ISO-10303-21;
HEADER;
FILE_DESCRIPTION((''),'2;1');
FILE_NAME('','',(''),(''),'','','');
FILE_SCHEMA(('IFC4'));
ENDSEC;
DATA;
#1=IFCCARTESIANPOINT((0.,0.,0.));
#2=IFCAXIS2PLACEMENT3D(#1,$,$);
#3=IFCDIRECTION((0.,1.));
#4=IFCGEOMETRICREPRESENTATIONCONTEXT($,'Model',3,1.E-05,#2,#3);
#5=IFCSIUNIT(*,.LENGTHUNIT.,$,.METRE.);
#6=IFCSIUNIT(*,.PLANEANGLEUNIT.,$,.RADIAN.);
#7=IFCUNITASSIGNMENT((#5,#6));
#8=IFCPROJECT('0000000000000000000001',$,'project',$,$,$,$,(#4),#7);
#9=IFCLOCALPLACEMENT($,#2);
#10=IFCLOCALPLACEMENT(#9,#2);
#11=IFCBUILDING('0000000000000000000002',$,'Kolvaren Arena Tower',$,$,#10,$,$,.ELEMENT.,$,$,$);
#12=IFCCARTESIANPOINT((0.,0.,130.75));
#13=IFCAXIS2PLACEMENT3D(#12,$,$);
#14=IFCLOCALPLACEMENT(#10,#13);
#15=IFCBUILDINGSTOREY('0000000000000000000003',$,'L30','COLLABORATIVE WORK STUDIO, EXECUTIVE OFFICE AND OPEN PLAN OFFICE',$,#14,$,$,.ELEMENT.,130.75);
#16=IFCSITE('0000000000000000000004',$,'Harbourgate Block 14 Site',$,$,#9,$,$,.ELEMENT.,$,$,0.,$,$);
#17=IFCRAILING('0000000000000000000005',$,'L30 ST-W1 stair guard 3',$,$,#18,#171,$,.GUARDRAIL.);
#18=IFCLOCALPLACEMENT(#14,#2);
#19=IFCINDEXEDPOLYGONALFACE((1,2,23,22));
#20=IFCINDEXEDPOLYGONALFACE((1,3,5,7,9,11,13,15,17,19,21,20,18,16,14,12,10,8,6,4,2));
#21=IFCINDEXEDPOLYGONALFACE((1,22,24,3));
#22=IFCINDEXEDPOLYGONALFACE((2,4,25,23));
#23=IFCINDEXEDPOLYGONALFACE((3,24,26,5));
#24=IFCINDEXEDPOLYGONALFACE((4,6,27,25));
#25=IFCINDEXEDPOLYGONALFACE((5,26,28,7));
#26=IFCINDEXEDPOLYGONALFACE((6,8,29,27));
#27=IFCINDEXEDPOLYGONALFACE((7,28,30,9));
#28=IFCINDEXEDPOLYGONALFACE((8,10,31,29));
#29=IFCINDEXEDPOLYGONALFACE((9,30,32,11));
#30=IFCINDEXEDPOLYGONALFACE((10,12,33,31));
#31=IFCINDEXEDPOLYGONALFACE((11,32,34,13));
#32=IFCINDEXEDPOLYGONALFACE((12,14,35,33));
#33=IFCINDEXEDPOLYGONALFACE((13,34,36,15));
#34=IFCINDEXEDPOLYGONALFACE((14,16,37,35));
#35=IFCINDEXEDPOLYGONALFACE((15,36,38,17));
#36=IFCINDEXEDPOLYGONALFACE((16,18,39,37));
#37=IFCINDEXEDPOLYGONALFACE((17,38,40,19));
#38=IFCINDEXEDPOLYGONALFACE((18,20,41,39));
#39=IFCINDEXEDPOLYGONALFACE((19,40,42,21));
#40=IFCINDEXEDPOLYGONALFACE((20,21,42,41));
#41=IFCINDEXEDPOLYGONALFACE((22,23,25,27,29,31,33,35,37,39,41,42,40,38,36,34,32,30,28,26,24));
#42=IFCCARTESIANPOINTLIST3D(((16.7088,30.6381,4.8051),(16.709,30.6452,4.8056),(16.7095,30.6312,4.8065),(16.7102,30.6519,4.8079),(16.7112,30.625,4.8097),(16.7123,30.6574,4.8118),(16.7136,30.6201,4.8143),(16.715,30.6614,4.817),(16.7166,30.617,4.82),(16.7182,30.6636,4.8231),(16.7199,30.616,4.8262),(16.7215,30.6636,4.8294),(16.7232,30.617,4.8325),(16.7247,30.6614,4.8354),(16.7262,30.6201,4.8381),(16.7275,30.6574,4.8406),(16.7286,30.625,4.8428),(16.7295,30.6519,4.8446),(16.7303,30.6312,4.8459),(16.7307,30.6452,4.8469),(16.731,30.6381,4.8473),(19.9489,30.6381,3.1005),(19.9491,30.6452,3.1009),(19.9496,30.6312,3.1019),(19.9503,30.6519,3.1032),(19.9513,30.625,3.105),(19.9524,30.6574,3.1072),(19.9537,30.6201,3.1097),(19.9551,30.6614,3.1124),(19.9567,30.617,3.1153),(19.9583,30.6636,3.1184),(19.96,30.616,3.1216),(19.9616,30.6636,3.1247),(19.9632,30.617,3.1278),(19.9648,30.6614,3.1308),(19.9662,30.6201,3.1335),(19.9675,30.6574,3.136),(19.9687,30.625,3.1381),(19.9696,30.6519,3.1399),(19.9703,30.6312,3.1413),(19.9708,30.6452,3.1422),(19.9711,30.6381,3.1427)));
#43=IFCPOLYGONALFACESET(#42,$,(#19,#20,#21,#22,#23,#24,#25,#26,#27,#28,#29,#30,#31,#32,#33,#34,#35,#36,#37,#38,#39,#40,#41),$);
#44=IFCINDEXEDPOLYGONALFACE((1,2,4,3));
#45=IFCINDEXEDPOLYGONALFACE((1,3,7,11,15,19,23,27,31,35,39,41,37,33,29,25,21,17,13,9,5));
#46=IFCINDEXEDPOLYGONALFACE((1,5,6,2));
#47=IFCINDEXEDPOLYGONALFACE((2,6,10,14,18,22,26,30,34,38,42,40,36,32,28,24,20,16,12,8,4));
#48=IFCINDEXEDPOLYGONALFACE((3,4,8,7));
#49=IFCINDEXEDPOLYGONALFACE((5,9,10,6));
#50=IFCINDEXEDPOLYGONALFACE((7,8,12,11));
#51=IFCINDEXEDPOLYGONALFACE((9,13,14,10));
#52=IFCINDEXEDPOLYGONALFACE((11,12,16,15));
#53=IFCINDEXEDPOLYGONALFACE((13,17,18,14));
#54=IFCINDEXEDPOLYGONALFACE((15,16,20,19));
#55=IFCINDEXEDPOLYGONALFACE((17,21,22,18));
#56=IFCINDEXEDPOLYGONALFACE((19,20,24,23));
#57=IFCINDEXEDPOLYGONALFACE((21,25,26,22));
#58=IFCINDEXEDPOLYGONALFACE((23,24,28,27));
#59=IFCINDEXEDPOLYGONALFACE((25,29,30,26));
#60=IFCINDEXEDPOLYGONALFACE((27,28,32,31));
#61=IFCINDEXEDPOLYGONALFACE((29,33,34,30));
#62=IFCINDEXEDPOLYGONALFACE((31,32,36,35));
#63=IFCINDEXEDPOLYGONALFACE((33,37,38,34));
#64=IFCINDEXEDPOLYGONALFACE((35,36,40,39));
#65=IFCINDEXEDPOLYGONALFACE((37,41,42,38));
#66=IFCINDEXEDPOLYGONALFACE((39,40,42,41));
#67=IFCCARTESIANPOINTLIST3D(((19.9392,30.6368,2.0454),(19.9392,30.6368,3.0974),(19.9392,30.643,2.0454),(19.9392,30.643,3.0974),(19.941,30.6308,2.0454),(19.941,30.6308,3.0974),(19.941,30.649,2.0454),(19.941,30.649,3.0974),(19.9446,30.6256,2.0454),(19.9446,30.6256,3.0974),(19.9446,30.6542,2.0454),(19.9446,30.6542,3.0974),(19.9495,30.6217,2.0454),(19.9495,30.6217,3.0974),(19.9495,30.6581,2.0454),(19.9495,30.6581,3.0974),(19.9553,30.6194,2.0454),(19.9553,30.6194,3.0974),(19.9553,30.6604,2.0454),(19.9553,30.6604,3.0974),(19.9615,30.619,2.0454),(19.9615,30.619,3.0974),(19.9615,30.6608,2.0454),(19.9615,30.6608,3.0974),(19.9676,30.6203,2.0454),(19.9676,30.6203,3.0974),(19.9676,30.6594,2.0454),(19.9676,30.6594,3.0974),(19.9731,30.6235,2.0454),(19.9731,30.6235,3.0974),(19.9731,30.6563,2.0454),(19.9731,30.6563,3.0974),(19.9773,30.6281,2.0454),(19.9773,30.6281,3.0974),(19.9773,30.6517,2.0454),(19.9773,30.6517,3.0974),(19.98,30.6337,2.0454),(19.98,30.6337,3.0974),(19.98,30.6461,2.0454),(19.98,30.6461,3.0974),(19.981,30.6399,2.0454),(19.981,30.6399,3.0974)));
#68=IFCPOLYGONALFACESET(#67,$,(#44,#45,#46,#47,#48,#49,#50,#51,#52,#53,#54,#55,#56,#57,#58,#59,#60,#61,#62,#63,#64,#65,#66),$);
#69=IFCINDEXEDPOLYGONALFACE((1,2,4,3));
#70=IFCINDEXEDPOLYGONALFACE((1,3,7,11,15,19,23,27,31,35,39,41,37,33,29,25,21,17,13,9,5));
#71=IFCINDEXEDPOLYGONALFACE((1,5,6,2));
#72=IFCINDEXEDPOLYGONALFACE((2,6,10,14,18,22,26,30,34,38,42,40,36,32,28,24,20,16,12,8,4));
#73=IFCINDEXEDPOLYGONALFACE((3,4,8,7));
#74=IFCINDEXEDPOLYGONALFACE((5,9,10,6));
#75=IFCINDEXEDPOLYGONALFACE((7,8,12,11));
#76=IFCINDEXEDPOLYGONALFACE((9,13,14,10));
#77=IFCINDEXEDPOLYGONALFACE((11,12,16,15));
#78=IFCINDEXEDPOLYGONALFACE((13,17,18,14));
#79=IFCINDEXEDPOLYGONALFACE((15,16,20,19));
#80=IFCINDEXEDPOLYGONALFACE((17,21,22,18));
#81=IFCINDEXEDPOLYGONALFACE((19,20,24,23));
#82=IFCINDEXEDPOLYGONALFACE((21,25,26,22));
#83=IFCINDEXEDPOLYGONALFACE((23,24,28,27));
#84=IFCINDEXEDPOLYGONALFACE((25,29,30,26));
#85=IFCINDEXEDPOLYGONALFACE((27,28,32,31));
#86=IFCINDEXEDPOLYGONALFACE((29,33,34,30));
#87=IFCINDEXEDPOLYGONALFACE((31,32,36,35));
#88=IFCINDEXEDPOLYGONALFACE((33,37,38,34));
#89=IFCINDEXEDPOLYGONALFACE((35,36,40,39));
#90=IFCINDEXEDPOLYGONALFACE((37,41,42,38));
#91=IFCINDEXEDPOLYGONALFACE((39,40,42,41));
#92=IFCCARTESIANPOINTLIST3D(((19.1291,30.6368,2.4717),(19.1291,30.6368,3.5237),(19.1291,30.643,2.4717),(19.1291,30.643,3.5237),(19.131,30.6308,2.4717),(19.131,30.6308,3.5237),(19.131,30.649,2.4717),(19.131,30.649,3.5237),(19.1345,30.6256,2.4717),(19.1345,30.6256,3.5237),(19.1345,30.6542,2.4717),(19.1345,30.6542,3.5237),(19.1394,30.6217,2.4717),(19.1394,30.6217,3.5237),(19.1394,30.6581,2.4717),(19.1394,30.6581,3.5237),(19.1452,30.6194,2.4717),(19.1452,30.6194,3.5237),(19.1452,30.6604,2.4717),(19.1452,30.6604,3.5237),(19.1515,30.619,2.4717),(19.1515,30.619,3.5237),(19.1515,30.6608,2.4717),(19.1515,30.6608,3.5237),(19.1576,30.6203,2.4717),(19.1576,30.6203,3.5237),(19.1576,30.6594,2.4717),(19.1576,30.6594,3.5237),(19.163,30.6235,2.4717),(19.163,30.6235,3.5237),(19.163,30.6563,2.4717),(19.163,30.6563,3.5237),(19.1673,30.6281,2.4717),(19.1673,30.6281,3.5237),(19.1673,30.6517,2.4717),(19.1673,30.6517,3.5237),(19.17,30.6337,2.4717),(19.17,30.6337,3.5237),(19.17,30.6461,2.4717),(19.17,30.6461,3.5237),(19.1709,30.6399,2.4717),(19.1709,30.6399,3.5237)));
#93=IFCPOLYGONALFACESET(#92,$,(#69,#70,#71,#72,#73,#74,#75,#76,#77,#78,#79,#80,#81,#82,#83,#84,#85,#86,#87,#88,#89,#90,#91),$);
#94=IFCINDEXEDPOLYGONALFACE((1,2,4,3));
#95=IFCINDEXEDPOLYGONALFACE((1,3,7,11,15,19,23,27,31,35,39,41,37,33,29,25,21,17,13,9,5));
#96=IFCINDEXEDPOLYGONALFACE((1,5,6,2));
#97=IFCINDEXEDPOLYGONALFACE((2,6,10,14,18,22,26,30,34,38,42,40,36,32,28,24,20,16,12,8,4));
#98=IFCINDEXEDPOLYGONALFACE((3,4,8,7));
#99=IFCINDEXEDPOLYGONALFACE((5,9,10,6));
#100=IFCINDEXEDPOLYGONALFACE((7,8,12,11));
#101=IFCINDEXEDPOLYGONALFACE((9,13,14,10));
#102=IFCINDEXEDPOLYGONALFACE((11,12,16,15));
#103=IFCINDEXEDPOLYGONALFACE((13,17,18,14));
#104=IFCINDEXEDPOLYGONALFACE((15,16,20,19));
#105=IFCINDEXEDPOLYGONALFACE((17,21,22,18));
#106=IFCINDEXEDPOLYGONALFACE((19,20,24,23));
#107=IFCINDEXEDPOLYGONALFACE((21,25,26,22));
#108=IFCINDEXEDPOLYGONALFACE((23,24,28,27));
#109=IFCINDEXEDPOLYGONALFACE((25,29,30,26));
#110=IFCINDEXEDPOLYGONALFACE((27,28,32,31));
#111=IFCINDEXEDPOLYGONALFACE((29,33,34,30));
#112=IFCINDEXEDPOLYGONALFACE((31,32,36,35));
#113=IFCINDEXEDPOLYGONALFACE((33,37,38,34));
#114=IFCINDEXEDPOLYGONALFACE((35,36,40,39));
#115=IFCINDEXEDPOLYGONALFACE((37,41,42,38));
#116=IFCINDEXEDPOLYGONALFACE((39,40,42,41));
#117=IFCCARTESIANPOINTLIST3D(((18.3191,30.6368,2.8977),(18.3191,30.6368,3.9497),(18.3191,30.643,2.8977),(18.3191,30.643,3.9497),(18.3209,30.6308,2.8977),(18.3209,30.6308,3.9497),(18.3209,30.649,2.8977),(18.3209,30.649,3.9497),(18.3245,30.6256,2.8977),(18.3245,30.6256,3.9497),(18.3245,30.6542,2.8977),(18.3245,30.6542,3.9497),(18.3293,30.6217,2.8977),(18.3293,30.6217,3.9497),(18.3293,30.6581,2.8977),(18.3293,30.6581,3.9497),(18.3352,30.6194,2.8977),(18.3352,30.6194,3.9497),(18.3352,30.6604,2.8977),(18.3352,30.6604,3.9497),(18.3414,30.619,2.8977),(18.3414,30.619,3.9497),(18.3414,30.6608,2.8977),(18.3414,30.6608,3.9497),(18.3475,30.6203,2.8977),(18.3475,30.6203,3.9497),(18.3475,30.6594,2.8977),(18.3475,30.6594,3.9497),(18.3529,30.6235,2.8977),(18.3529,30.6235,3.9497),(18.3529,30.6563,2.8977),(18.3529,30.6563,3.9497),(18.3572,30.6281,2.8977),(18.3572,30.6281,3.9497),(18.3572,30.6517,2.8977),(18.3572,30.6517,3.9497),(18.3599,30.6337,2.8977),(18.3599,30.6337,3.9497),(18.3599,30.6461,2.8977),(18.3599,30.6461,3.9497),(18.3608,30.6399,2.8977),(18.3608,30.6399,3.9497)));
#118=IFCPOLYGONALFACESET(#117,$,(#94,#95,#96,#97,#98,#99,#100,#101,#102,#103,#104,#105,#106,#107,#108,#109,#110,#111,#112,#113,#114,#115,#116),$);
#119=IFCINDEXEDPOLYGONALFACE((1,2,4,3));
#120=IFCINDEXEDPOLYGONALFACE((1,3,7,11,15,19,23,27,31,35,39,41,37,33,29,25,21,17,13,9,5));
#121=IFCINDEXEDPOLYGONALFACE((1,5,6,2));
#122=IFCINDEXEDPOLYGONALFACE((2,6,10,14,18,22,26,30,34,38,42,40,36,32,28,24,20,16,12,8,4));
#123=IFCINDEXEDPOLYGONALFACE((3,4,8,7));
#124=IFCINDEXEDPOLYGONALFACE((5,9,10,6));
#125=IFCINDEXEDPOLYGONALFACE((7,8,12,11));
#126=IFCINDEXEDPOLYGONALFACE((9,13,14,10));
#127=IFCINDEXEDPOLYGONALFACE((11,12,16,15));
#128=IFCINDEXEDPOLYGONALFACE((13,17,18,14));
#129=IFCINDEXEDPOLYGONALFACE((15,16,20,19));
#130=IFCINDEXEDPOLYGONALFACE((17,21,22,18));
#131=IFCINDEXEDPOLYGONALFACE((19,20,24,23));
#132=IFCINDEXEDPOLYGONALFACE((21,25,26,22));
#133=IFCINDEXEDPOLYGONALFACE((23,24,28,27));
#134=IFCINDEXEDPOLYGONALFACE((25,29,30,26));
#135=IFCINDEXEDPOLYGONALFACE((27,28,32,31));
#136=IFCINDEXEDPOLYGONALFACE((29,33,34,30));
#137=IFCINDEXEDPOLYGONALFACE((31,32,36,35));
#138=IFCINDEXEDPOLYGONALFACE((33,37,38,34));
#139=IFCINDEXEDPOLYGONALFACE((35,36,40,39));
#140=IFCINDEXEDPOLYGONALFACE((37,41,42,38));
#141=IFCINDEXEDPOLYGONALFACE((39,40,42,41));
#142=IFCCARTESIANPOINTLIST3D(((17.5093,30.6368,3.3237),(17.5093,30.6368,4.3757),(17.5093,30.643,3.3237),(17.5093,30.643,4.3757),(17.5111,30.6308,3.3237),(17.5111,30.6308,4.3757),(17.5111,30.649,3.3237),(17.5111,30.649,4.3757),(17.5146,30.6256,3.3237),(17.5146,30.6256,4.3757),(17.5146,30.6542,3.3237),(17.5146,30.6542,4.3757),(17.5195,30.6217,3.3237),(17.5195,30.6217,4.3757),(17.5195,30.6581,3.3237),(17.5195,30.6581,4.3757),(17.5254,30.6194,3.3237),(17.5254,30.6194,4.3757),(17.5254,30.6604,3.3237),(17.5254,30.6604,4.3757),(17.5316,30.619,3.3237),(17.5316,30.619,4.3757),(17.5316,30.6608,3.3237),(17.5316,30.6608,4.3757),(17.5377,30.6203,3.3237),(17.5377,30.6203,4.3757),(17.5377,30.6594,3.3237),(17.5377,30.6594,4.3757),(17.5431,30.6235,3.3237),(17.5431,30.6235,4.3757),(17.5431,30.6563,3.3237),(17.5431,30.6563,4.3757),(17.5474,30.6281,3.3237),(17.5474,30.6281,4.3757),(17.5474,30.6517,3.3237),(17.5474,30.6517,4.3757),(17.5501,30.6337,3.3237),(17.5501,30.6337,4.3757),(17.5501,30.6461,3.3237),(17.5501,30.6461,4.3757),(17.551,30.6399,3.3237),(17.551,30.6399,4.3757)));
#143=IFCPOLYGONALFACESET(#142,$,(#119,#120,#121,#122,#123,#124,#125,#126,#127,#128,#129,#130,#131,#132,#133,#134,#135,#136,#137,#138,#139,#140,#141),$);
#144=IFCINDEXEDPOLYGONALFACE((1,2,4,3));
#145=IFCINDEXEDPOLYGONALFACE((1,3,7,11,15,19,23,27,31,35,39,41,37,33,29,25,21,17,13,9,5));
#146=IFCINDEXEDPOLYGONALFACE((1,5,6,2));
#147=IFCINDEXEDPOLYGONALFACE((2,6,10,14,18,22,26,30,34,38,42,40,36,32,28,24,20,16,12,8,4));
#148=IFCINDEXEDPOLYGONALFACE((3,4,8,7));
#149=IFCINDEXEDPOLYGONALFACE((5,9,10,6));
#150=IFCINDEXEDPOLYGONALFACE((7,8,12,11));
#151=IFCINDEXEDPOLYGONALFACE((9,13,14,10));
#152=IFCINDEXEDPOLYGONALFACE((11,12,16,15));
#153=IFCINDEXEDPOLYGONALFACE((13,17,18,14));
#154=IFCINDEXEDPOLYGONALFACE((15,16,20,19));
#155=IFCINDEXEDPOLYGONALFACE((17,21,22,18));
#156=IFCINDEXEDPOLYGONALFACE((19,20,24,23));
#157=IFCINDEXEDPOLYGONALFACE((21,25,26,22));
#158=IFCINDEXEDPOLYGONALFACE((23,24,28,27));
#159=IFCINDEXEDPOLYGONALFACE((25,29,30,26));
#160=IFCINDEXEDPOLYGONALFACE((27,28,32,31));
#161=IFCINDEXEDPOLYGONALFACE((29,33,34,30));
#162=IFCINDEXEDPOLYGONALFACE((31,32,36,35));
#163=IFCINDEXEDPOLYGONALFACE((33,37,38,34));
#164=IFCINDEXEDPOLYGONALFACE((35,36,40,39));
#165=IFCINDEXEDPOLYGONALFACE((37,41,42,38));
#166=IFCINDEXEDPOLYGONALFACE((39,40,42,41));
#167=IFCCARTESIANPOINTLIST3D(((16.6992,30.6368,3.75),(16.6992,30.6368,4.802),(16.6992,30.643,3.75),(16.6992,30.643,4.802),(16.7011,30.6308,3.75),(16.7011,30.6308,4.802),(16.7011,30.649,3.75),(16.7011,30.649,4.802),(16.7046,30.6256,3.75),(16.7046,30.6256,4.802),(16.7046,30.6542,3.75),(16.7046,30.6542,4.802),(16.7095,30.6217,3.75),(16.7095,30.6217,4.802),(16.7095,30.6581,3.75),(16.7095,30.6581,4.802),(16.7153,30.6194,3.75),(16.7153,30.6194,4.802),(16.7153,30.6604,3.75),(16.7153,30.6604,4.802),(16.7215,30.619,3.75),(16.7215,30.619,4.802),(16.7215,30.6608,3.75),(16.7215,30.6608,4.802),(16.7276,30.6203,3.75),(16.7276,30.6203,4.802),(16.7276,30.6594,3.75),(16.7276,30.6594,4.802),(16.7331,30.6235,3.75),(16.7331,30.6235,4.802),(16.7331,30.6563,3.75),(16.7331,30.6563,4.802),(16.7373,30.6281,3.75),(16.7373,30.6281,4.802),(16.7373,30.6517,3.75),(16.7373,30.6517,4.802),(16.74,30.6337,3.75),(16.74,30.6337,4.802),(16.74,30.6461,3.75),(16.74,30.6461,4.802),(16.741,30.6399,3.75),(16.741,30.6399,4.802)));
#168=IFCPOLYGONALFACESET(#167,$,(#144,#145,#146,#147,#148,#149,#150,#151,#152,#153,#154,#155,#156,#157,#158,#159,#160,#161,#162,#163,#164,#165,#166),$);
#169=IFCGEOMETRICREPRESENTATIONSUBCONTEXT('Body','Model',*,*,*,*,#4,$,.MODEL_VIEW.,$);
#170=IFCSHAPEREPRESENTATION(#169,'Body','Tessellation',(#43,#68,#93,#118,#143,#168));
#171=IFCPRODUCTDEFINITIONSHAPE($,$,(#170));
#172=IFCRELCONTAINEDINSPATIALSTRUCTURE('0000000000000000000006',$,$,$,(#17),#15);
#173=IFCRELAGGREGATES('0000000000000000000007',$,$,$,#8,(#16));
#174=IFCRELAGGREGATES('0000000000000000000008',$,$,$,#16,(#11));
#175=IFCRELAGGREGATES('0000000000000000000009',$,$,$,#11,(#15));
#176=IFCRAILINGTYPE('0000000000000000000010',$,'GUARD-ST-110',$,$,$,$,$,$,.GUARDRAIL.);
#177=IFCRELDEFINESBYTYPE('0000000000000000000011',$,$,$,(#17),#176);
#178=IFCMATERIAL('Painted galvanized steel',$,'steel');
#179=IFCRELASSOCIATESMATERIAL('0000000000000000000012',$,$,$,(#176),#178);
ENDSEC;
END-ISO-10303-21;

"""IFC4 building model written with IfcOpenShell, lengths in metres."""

from ifc_helpers import new_model, si_unit, direction, frame, origin, origin_2d, place, context, subcontext, project, spatial, circle, extrude, material, type_object, element, save


model = new_model("IFC4")

# Units and contexts
model_context = context("Model", 3, precision=1e-05, world=origin(), true_north=direction((0.0, 1.0)))
body_context = subcontext(model_context, "Body", "Model", "MODEL_VIEW")
ifc_project = project(units=[si_unit("LENGTHUNIT", "METRE"), si_unit("PLANEANGLEUNIT", "RADIAN")], contexts=[model_context])

# Site, building, storey
site_placement = place(None, origin())
site = spatial("IfcSite", under=ifc_project, at=site_placement, Name="Harbourgate Block 14 Site", CompositionType="ELEMENT", RefElevation=0.0)
building_placement = place(site_placement, origin())
building = spatial("IfcBuilding", under=site, at=building_placement, Name="Kolvaren Arena Tower", CompositionType="ELEMENT")
storey_placement = place(building_placement, frame((0.0, 0.0, 130.75)))
storey = spatial("IfcBuildingStorey", under=building, at=storey_placement, Name="L30", Description="COLLABORATIVE WORK STUDIO, EXECUTIVE OFFICE AND OPEN PLAN OFFICE", CompositionType="ELEMENT", Elevation=130.75)

# Railing
ifc_material_1 = material(Name="Painted galvanized steel", Category="steel")
railing_type_1 = type_object("IfcRailingType", Name="GUARD-ST-110", PredefinedType="GUARDRAIL", material=ifc_material_1)
railing_1_placement = place(storey_placement, frame((19.96, 30.6399, 2.0454)))
element("IfcRailing", 1, at=railing_1_placement, inside=storey, type_object=railing_type_1, Name="L30 ST-W1 stair guard 3", PredefinedType="GUARDRAIL", context=body_context, shape_type="SweptSolid", body=[
    extrude(circle(Radius=0.0239, at=origin_2d()), frame((0.0, 0.0, 1.0762), z_axis=(-0.884993, 0.0, 0.465604), x_axis=(0.0, -1.0, 0.0)), (0.0, 0.0, 1.0), 3.6611),
    extrude(circle(Radius=0.021, at=origin_2d()), origin(), (0.0, 0.0, 1.0), 1.052),
    extrude(circle(Radius=0.021, at=origin_2d()), frame((-0.8101, 0.0, 0.4263)), (0.0, 0.0, 1.0), 1.052),
    extrude(circle(Radius=0.021, at=origin_2d()), frame((-1.6201, 0.0, 0.8523)), (0.0, 0.0, 1.0), 1.052),
    extrude(circle(Radius=0.021, at=origin_2d()), frame((-2.4299, 0.0, 1.2783)), (0.0, 0.0, 1.0), 1.052),
    extrude(circle(Radius=0.021, at=origin_2d()), frame((-3.24, 0.0, 1.7046)), (0.0, 0.0, 1.0), 1.052),
])

save(model, "model.ifc")
